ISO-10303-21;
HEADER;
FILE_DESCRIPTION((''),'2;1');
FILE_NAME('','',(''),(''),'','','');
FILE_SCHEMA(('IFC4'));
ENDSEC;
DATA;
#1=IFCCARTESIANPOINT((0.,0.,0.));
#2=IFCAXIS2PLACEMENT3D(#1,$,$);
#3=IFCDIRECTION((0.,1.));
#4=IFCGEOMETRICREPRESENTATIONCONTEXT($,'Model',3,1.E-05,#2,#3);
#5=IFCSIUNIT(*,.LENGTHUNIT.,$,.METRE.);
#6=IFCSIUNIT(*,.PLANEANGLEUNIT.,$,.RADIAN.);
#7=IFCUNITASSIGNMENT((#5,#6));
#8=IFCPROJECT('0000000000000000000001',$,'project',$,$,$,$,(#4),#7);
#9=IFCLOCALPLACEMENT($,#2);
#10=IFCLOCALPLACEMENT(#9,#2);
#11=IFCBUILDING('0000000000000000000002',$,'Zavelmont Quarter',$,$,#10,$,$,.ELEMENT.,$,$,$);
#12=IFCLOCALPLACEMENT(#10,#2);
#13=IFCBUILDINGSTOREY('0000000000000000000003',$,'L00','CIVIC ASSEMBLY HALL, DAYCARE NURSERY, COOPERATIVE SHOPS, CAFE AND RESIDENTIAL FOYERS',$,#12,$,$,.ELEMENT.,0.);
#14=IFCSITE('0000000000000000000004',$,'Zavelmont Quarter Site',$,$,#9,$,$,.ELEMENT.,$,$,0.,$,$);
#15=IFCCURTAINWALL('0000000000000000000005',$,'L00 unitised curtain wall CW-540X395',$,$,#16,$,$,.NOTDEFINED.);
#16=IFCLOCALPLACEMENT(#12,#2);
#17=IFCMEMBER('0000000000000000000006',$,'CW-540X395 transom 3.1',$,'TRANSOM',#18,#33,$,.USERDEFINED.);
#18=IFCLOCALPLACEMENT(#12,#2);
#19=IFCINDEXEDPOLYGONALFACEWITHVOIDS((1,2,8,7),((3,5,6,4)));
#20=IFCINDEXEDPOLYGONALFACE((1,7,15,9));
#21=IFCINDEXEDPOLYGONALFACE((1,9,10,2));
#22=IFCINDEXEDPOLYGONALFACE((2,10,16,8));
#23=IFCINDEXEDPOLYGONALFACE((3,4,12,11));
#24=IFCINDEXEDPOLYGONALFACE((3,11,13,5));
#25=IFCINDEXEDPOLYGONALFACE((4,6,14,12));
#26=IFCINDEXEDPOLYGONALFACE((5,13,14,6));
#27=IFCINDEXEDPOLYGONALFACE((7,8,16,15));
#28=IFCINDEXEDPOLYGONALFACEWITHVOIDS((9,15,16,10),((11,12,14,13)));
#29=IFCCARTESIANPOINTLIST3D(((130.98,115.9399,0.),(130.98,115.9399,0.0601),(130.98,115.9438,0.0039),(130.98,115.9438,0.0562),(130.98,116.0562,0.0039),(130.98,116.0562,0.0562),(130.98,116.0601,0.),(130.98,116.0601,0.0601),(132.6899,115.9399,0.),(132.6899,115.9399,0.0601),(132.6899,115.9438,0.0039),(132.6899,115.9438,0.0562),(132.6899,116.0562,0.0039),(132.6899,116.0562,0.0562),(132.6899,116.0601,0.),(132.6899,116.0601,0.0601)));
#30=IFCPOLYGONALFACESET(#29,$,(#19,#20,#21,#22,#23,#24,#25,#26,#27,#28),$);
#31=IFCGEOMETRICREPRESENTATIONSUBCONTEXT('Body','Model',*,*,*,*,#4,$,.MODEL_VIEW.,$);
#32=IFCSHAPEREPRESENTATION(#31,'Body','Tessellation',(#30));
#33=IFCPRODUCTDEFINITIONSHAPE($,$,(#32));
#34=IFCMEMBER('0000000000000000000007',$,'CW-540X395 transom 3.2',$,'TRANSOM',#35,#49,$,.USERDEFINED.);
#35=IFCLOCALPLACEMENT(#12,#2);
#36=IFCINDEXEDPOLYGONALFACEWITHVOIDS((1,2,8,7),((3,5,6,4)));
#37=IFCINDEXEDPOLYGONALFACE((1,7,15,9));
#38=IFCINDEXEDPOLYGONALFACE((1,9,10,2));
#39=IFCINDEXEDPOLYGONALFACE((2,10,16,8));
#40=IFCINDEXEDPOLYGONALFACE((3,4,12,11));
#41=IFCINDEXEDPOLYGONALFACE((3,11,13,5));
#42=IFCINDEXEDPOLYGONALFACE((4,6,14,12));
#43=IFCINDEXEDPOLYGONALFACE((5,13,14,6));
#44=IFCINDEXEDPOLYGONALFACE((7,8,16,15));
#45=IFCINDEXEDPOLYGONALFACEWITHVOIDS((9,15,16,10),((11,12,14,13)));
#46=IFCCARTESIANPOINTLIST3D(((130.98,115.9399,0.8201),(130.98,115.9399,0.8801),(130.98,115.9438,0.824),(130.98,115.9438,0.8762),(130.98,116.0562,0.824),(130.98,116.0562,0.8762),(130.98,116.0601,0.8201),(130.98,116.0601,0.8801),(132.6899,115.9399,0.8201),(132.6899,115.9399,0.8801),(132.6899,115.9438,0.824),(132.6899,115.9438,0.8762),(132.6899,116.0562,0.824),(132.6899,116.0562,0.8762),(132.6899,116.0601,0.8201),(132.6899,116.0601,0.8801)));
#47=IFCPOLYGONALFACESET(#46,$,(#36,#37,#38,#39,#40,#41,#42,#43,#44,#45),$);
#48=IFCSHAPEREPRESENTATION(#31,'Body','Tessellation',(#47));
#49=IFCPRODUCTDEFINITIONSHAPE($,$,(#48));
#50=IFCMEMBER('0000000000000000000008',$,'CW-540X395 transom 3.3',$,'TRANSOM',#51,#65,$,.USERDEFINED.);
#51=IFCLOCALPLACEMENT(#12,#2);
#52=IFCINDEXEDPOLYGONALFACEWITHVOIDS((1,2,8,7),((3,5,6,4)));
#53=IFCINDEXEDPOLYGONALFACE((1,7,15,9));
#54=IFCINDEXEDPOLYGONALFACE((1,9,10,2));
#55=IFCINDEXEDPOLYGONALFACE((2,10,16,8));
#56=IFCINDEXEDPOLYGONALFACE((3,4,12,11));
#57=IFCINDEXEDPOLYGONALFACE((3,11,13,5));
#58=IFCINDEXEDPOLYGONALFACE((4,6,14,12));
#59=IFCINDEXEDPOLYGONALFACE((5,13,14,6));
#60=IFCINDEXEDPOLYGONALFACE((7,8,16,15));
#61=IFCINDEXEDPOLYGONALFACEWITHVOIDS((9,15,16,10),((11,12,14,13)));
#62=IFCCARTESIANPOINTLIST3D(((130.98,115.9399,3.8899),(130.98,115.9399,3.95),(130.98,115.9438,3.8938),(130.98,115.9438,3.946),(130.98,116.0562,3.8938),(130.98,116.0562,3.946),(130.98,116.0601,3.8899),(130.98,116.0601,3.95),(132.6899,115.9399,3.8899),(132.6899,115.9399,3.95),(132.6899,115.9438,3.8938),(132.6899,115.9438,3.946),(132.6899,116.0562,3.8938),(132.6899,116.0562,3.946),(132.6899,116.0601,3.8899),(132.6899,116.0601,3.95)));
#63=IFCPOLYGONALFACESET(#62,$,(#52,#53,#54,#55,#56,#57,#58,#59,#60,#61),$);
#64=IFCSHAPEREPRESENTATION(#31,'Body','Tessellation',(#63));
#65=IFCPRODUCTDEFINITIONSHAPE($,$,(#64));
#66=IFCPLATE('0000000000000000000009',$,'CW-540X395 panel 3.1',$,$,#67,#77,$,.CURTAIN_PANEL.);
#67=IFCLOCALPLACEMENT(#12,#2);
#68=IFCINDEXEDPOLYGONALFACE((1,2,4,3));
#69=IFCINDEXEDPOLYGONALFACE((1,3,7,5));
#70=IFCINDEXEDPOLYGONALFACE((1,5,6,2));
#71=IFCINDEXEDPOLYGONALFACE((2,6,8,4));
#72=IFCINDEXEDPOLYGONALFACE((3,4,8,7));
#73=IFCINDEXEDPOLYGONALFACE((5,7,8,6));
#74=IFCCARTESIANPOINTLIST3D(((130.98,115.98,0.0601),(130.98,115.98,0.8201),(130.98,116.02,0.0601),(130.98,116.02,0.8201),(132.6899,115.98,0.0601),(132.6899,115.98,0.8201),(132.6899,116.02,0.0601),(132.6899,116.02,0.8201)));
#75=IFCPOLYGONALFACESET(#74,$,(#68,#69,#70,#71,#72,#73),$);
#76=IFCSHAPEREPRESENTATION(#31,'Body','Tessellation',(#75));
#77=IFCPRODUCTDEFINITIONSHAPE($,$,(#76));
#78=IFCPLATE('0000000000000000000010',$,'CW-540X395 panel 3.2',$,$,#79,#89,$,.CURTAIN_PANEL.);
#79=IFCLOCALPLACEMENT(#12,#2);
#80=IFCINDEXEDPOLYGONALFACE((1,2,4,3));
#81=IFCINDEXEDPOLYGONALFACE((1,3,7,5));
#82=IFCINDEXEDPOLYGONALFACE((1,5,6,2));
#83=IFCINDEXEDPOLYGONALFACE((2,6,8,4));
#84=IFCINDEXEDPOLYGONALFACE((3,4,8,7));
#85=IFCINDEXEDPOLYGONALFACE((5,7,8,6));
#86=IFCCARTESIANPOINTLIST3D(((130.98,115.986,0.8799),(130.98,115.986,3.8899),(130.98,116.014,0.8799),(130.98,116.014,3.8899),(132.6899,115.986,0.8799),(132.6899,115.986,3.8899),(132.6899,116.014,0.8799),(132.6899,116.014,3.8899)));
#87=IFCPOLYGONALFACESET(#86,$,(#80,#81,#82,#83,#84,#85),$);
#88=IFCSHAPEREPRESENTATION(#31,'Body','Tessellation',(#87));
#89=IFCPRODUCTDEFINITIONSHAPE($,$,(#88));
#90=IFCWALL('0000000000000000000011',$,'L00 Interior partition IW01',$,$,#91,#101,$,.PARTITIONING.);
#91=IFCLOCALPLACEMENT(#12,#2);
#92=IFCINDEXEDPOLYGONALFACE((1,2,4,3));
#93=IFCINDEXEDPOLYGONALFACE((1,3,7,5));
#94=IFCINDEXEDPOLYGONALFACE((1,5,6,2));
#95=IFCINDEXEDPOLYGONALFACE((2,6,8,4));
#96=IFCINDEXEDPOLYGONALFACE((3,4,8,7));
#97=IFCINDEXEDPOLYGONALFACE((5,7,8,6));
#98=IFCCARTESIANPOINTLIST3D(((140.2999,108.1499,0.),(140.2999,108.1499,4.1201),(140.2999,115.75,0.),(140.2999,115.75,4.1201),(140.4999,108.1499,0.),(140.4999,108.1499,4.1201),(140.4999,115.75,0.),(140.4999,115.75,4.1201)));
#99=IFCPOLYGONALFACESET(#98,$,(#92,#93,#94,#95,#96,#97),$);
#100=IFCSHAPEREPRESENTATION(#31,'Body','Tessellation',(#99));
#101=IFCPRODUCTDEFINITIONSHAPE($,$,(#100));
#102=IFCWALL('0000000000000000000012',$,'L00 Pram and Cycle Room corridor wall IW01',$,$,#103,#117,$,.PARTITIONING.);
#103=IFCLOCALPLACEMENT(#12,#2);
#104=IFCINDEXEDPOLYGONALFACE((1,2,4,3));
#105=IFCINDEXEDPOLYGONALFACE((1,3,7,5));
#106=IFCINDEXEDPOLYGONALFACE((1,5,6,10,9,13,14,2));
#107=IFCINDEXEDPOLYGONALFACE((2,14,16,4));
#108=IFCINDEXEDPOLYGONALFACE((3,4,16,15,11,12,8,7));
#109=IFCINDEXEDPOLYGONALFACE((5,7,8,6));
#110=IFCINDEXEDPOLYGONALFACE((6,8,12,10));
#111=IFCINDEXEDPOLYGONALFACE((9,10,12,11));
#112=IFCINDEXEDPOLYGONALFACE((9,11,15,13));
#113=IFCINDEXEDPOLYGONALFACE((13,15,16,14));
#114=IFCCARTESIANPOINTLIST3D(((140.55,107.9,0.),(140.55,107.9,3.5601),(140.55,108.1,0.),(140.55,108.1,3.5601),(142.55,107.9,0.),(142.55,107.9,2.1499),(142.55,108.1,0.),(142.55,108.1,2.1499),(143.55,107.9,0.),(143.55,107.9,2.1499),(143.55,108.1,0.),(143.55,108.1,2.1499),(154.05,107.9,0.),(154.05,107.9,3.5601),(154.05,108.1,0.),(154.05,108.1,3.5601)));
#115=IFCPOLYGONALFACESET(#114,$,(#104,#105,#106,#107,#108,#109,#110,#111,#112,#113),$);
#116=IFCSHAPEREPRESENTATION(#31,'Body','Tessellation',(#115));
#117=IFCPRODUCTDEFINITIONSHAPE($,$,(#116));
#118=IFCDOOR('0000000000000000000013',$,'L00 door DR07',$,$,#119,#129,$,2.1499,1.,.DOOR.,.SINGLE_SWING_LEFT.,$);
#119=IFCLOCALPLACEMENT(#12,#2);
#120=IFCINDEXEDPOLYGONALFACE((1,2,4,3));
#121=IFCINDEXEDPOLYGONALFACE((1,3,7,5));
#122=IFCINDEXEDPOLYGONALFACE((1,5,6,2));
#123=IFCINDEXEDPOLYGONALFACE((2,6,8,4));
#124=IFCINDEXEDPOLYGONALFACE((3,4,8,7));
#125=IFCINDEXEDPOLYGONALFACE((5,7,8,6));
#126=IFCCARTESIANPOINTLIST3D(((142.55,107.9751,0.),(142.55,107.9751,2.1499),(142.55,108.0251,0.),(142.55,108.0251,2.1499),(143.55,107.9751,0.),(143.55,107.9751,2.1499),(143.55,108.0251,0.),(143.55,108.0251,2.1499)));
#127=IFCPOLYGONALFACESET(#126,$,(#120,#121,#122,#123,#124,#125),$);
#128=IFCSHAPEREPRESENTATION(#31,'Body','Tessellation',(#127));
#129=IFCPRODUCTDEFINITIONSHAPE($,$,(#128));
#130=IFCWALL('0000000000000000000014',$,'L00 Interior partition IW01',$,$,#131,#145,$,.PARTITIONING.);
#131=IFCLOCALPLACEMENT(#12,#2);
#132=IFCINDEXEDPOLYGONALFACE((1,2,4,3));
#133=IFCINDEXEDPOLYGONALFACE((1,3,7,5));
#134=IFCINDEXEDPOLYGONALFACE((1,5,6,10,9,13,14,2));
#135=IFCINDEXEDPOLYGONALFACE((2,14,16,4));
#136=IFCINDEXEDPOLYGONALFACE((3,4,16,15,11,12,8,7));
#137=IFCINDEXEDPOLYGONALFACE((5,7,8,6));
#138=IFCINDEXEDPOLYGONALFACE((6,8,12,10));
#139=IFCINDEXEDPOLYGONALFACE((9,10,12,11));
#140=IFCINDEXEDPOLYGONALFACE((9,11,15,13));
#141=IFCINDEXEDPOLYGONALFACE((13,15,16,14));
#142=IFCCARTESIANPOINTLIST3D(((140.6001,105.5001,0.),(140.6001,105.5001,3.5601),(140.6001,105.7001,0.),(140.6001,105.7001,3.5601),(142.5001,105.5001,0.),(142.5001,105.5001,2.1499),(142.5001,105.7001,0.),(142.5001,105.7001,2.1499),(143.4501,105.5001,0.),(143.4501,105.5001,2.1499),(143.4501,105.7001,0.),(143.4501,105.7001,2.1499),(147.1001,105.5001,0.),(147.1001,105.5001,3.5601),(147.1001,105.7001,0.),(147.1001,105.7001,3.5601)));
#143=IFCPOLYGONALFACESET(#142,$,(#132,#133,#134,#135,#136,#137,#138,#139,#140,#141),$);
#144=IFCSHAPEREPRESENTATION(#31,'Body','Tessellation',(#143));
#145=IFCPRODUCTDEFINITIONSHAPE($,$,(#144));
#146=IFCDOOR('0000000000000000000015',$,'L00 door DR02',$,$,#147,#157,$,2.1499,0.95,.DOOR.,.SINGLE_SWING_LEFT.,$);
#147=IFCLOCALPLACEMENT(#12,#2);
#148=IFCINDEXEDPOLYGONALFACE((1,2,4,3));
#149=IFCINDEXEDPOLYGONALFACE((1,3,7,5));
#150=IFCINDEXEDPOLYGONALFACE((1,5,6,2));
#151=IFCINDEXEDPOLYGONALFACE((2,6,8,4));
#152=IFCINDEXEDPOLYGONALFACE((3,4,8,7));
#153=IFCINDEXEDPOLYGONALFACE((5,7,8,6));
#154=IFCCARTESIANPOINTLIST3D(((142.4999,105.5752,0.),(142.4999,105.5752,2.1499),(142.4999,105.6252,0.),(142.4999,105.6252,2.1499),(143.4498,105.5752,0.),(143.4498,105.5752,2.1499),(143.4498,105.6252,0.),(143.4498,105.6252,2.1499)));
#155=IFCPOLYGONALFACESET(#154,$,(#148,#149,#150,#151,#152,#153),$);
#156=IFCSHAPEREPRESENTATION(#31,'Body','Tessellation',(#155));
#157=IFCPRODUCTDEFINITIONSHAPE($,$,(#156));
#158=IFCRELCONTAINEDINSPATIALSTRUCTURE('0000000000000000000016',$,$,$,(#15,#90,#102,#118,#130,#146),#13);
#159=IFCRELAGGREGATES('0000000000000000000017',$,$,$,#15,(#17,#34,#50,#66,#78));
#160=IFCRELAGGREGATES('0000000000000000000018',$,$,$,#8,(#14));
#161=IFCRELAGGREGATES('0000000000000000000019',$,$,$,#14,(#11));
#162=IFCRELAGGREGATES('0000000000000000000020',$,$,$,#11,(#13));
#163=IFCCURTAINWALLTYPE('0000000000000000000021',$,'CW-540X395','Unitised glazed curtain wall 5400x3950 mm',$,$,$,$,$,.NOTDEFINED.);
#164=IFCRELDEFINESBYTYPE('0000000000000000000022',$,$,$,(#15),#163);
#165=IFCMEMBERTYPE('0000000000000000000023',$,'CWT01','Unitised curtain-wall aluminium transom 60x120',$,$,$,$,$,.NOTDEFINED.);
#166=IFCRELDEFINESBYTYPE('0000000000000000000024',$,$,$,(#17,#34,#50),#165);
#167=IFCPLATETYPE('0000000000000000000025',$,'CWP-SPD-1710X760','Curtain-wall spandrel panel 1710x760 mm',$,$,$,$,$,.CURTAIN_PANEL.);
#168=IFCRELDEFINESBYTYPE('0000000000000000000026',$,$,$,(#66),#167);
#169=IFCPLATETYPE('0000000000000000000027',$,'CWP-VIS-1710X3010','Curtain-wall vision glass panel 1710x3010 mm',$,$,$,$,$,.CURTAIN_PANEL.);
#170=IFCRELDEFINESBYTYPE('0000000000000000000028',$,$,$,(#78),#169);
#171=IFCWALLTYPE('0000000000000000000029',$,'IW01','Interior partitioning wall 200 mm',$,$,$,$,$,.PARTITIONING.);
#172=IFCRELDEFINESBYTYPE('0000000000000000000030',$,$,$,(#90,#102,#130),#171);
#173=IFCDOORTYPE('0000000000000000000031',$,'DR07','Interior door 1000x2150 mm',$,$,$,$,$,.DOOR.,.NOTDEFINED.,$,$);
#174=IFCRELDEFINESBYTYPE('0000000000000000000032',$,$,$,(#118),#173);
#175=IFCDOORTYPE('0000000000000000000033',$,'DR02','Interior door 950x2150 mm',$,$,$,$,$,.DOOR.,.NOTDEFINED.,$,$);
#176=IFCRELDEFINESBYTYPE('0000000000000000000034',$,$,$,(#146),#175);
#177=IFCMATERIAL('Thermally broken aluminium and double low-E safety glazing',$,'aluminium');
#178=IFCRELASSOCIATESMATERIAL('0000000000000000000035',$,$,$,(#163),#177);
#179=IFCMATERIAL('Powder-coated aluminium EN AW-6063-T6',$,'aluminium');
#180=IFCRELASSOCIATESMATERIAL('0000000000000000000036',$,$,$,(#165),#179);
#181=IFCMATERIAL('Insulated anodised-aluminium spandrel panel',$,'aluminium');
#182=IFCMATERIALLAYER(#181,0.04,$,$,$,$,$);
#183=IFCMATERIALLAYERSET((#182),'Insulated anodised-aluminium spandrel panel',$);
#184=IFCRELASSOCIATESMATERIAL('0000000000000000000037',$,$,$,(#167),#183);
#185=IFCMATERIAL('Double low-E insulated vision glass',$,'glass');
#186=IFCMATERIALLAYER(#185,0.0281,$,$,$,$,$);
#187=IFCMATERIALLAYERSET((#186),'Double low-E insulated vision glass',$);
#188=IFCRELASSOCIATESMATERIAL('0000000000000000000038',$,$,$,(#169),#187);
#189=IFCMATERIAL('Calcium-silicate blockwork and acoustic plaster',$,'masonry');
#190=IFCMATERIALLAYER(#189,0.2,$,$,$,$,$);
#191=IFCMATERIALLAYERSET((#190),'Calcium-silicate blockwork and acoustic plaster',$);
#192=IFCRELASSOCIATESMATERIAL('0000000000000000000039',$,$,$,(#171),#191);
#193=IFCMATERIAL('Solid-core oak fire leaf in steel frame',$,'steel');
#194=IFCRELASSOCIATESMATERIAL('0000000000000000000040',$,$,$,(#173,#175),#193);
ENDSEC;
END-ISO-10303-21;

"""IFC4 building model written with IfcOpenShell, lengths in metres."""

from ifc_helpers import new_model, si_unit, direction, frame, frame_2d, origin, origin_2d, place, context, subcontext, project, spatial, rectangle, hollow_rectangle, extrude, material, layer, layer_set, material_profile, profile_set, type_object, element, fill, aggregate, save


model = new_model("IFC4")

# Units and contexts
model_context = context("Model", 3, precision=1e-05, world=origin(), true_north=direction((0.0, 1.0)))
body_context = subcontext(model_context, "Body", "Model", "MODEL_VIEW")
ifc_project = project(units=[si_unit("LENGTHUNIT", "METRE"), si_unit("PLANEANGLEUNIT", "RADIAN")], contexts=[model_context])

# Site, building, storey
site_placement = place(None, origin())
site = spatial("IfcSite", under=ifc_project, at=site_placement, Name="Zavelmont Quarter Site", CompositionType="ELEMENT", RefElevation=0.0)
building_placement = place(site_placement, origin())
building = spatial("IfcBuilding", under=site, at=building_placement, Name="Zavelmont Quarter", CompositionType="ELEMENT")
storey_placement = place(building_placement, origin())
storey = spatial("IfcBuildingStorey", under=building, at=storey_placement, Name="L00", Description="CIVIC ASSEMBLY HALL, DAYCARE NURSERY, COOPERATIVE SHOPS, CAFE AND RESIDENTIAL FOYERS", CompositionType="ELEMENT", Elevation=0.0)

# Curtain wall, members, plates
ifc_material_1 = material(Name="Thermally broken aluminium and double low-E safety glazing", Category="aluminium")
curtain_wall_type = type_object("IfcCurtainWallType", Name="CW-540X395", Description="Unitised glazed curtain wall 5400x3950 mm", PredefinedType="NOTDEFINED", material=ifc_material_1)
curtain_wall_placement = place(storey_placement, origin())
curtain_wall = element("IfcCurtainWall", 1, at=curtain_wall_placement, inside=storey, type_object=curtain_wall_type, Name="L00 unitised curtain wall CW-540X395", PredefinedType="NOTDEFINED")
ifc_material_2 = material(Name="Powder-coated aluminium EN AW-6063-T6", Category="aluminium")
ifc_material_profile_1 = material_profile(ifc_material_2, hollow_rectangle(XDim=0.1201, YDim=0.0601, WallThickness=0.0039, at=origin_2d()), Name="CWT60X120")
ifc_profile_set_1 = profile_set([ifc_material_profile_1], Name="Powder-coated aluminium EN AW-6063-T6")
member_type = type_object("IfcMemberType", Name="CWT01", Description="Unitised curtain-wall aluminium transom 60x120", PredefinedType="NOTDEFINED", material=ifc_profile_set_1)
member_1_placement = place(storey_placement, frame((130.98, 116.0, 0.03), z_axis=(1.0, 0.0, 0.0), x_axis=(0.0, 1.0, 0.0)))
member_1 = element("IfcMember", 2, at=member_1_placement, type_object=member_type, Name="CW-540X395 transom 3.1", ObjectType="TRANSOM", PredefinedType="USERDEFINED", context=body_context, shape_type="SweptSolid", body=[
    extrude(hollow_rectangle(XDim=0.1201, YDim=0.0601, WallThickness=0.0039, at=origin_2d()), origin(), (0.0, 0.0, 1.0), 1.71),
])
member_2_placement = place(storey_placement, frame((130.98, 116.0, 0.8501), z_axis=(1.0, 0.0, 0.0), x_axis=(0.0, 1.0, 0.0)))
member_2 = element("IfcMember", 3, at=member_2_placement, type_object=member_type, Name="CW-540X395 transom 3.2", ObjectType="TRANSOM", PredefinedType="USERDEFINED", context=body_context, shape_type="SweptSolid", body=[
    extrude(hollow_rectangle(XDim=0.1201, YDim=0.0601, WallThickness=0.0039, at=origin_2d()), origin(), (0.0, 0.0, 1.0), 1.71),
])
member_3_placement = place(storey_placement, frame((130.98, 116.0, 3.9199), z_axis=(1.0, 0.0, 0.0), x_axis=(0.0, 1.0, 0.0)))
member_3 = element("IfcMember", 4, at=member_3_placement, type_object=member_type, Name="CW-540X395 transom 3.3", ObjectType="TRANSOM", PredefinedType="USERDEFINED", context=body_context, shape_type="SweptSolid", body=[
    extrude(hollow_rectangle(XDim=0.1201, YDim=0.0601, WallThickness=0.0039, at=origin_2d()), origin(), (0.0, 0.0, 1.0), 1.71),
])
ifc_material_3 = material(Name="Insulated anodised-aluminium spandrel panel", Category="aluminium")
ifc_layer_1 = layer(ifc_material_3, 0.04)
ifc_layer_set_1 = layer_set([ifc_layer_1], Name="Insulated anodised-aluminium spandrel panel")
plate_type_1 = type_object("IfcPlateType", Name="CWP-SPD-1710X760", Description="Curtain-wall spandrel panel 1710x760 mm", PredefinedType="CURTAIN_PANEL", material=ifc_layer_set_1)
plate_1_placement = place(storey_placement, frame((131.835, 116.0, 0.0601), z_axis=(0.0, 0.0, 1.0), x_axis=(1.0, 0.0, 0.0)))
plate_1 = element("IfcPlate", 5, at=plate_1_placement, type_object=plate_type_1, Name="CW-540X395 panel 3.1", PredefinedType="CURTAIN_PANEL", context=body_context, shape_type="SweptSolid", body=[
    extrude(rectangle(XDim=1.71, YDim=0.04, at=origin_2d()), origin(), (0.0, 0.0, 1.0), 0.76),
])
ifc_material_4 = material(Name="Double low-E insulated vision glass", Category="glass")
ifc_layer_2 = layer(ifc_material_4, 0.0281)
ifc_layer_set_2 = layer_set([ifc_layer_2], Name="Double low-E insulated vision glass")
plate_type_2 = type_object("IfcPlateType", Name="CWP-VIS-1710X3010", Description="Curtain-wall vision glass panel 1710x3010 mm", PredefinedType="CURTAIN_PANEL", material=ifc_layer_set_2)
plate_2_placement = place(storey_placement, frame((131.835, 116.0, 0.8799), z_axis=(0.0, 0.0, 1.0), x_axis=(1.0, 0.0, 0.0)))
plate_2 = element("IfcPlate", 6, at=plate_2_placement, type_object=plate_type_2, Name="CW-540X395 panel 3.2", PredefinedType="CURTAIN_PANEL", context=body_context, shape_type="SweptSolid", body=[
    extrude(rectangle(XDim=1.71, YDim=0.0281, at=origin_2d()), origin(), (0.0, 0.0, 1.0), 3.01),
])
aggregate(curtain_wall, [member_1, member_2, member_3, plate_1, plate_2])

# Wall
ifc_material_5 = material(Name="Calcium-silicate blockwork and acoustic plaster", Category="masonry")
ifc_layer_3 = layer(ifc_material_5, 0.2)
ifc_layer_set_3 = layer_set([ifc_layer_3], Name="Calcium-silicate blockwork and acoustic plaster")
wall_type_1 = type_object("IfcWallType", Name="IW01", Description="Interior partitioning wall 200 mm", PredefinedType="PARTITIONING", material=ifc_layer_set_3)
wall_1_placement = place(storey_placement, frame((140.3999, 108.1499, 0.0), z_axis=(0.0, 0.0, 1.0), x_axis=(0.0, 1.0, 0.0)))
element("IfcWall", 7, at=wall_1_placement, inside=storey, type_object=wall_type_1, Name="L00 Interior partition IW01", PredefinedType="PARTITIONING", context=body_context, shape_type="SweptSolid", body=[
    extrude(rectangle(XDim=7.6001, YDim=0.2, at=frame_2d((3.8, 0.0))), origin(), (0.0, 0.0, 1.0), 4.1201),
])

# Walls, openings, doors
wall_2_placement = place(storey_placement, frame((140.55, 108.0, 0.0), z_axis=(0.0, 0.0, 1.0), x_axis=(1.0, 0.0, 0.0)))
wall_2 = element("IfcWall", 8, at=wall_2_placement, inside=storey, type_object=wall_type_1, Name="L00 Pram and Cycle Room corridor wall IW01", PredefinedType="PARTITIONING", context=body_context, shape_type="SweptSolid", body=[
    extrude(rectangle(XDim=13.5, YDim=0.2, at=frame_2d((6.75, 0.0))), origin(), (0.0, 0.0, 1.0), 3.5601),
])
opening_1_placement = place(wall_2_placement, frame((2.0, 0.0, 0.0)))
opening_1 = element("IfcOpeningElement", 9, at=opening_1_placement, cuts=wall_2, PredefinedType="OPENING", context=body_context, shape_type="SweptSolid", body=[
    extrude(rectangle(XDim=1.0, YDim=2.1499, at=frame_2d((0.5, 1.075))), frame((0.0, 0.1118, 0.0), z_axis=(0.0, -1.0, 0.0), x_axis=(1.0, 0.0, 0.0)), (0.0, 0.0, 1.0), 0.2239),
])
ifc_material_6 = material(Name="Solid-core oak fire leaf in steel frame", Category="steel")
door_type_1 = type_object("IfcDoorType", Name="DR07", Description="Interior door 1000x2150 mm", OperationType="NOTDEFINED", PredefinedType="DOOR", material=ifc_material_6)
door_1_placement = place(opening_1_placement, frame((1.0, 0.0, 0.0), z_axis=(0.0, 0.0, 1.0), x_axis=(-1.0, 0.0, 0.0)))
door_1 = element("IfcDoor", 10, at=door_1_placement, inside=storey, type_object=door_type_1, Name="L00 door DR07", OperationType="SINGLE_SWING_LEFT", OverallHeight=2.1499, OverallWidth=1.0, PredefinedType="DOOR", context=body_context, shape_type="SweptSolid", body=[
    extrude(rectangle(XDim=1.0, YDim=2.1499, at=frame_2d((0.5, 1.075))), frame((0.0, 0.0249, 0.0), z_axis=(0.0, -1.0, 0.0), x_axis=(1.0, 0.0, 0.0)), (0.0, 0.0, 1.0), 0.05),
])
fill(opening_1, door_1)
wall_3_placement = place(storey_placement, frame((140.6001, 105.6001, 0.0), z_axis=(0.0, 0.0, 1.0), x_axis=(1.0, 0.0, 0.0)))
wall_3 = element("IfcWall", 11, at=wall_3_placement, inside=storey, type_object=wall_type_1, Name="L00 Interior partition IW01", PredefinedType="PARTITIONING", context=body_context, shape_type="SweptSolid", body=[
    extrude(rectangle(XDim=6.5, YDim=0.2, at=frame_2d((3.25, 0.0))), origin(), (0.0, 0.0, 1.0), 3.5601),
])
opening_2_placement = place(wall_3_placement, frame((1.8999, 0.0, 0.0)))
opening_2 = element("IfcOpeningElement", 12, at=opening_2_placement, cuts=wall_3, PredefinedType="OPENING", context=body_context, shape_type="SweptSolid", body=[
    extrude(rectangle(XDim=0.95, YDim=2.1499, at=frame_2d((0.4751, 1.075))), frame((0.0, 0.1118, 0.0), z_axis=(0.0, -1.0, 0.0), x_axis=(1.0, 0.0, 0.0)), (0.0, 0.0, 1.0), 0.2239),
])
door_type_2 = type_object("IfcDoorType", Name="DR02", Description="Interior door 950x2150 mm", OperationType="NOTDEFINED", PredefinedType="DOOR", material=ifc_material_6)
door_2_placement = place(opening_2_placement, frame((0.95, 0.0, 0.0), z_axis=(0.0, 0.0, 1.0), x_axis=(-1.0, 0.0, 0.0)))
door_2 = element("IfcDoor", 13, at=door_2_placement, inside=storey, type_object=door_type_2, Name="L00 door DR02", OperationType="SINGLE_SWING_LEFT", OverallHeight=2.1499, OverallWidth=0.95, PredefinedType="DOOR", context=body_context, shape_type="SweptSolid", body=[
    extrude(rectangle(XDim=0.95, YDim=2.1499, at=frame_2d((0.4751, 1.075))), frame((0.0, 0.0249, 0.0), z_axis=(0.0, -1.0, 0.0), x_axis=(1.0, 0.0, 0.0)), (0.0, 0.0, 1.0), 0.05),
])
fill(opening_2, door_2)

save(model, "model.ifc")
